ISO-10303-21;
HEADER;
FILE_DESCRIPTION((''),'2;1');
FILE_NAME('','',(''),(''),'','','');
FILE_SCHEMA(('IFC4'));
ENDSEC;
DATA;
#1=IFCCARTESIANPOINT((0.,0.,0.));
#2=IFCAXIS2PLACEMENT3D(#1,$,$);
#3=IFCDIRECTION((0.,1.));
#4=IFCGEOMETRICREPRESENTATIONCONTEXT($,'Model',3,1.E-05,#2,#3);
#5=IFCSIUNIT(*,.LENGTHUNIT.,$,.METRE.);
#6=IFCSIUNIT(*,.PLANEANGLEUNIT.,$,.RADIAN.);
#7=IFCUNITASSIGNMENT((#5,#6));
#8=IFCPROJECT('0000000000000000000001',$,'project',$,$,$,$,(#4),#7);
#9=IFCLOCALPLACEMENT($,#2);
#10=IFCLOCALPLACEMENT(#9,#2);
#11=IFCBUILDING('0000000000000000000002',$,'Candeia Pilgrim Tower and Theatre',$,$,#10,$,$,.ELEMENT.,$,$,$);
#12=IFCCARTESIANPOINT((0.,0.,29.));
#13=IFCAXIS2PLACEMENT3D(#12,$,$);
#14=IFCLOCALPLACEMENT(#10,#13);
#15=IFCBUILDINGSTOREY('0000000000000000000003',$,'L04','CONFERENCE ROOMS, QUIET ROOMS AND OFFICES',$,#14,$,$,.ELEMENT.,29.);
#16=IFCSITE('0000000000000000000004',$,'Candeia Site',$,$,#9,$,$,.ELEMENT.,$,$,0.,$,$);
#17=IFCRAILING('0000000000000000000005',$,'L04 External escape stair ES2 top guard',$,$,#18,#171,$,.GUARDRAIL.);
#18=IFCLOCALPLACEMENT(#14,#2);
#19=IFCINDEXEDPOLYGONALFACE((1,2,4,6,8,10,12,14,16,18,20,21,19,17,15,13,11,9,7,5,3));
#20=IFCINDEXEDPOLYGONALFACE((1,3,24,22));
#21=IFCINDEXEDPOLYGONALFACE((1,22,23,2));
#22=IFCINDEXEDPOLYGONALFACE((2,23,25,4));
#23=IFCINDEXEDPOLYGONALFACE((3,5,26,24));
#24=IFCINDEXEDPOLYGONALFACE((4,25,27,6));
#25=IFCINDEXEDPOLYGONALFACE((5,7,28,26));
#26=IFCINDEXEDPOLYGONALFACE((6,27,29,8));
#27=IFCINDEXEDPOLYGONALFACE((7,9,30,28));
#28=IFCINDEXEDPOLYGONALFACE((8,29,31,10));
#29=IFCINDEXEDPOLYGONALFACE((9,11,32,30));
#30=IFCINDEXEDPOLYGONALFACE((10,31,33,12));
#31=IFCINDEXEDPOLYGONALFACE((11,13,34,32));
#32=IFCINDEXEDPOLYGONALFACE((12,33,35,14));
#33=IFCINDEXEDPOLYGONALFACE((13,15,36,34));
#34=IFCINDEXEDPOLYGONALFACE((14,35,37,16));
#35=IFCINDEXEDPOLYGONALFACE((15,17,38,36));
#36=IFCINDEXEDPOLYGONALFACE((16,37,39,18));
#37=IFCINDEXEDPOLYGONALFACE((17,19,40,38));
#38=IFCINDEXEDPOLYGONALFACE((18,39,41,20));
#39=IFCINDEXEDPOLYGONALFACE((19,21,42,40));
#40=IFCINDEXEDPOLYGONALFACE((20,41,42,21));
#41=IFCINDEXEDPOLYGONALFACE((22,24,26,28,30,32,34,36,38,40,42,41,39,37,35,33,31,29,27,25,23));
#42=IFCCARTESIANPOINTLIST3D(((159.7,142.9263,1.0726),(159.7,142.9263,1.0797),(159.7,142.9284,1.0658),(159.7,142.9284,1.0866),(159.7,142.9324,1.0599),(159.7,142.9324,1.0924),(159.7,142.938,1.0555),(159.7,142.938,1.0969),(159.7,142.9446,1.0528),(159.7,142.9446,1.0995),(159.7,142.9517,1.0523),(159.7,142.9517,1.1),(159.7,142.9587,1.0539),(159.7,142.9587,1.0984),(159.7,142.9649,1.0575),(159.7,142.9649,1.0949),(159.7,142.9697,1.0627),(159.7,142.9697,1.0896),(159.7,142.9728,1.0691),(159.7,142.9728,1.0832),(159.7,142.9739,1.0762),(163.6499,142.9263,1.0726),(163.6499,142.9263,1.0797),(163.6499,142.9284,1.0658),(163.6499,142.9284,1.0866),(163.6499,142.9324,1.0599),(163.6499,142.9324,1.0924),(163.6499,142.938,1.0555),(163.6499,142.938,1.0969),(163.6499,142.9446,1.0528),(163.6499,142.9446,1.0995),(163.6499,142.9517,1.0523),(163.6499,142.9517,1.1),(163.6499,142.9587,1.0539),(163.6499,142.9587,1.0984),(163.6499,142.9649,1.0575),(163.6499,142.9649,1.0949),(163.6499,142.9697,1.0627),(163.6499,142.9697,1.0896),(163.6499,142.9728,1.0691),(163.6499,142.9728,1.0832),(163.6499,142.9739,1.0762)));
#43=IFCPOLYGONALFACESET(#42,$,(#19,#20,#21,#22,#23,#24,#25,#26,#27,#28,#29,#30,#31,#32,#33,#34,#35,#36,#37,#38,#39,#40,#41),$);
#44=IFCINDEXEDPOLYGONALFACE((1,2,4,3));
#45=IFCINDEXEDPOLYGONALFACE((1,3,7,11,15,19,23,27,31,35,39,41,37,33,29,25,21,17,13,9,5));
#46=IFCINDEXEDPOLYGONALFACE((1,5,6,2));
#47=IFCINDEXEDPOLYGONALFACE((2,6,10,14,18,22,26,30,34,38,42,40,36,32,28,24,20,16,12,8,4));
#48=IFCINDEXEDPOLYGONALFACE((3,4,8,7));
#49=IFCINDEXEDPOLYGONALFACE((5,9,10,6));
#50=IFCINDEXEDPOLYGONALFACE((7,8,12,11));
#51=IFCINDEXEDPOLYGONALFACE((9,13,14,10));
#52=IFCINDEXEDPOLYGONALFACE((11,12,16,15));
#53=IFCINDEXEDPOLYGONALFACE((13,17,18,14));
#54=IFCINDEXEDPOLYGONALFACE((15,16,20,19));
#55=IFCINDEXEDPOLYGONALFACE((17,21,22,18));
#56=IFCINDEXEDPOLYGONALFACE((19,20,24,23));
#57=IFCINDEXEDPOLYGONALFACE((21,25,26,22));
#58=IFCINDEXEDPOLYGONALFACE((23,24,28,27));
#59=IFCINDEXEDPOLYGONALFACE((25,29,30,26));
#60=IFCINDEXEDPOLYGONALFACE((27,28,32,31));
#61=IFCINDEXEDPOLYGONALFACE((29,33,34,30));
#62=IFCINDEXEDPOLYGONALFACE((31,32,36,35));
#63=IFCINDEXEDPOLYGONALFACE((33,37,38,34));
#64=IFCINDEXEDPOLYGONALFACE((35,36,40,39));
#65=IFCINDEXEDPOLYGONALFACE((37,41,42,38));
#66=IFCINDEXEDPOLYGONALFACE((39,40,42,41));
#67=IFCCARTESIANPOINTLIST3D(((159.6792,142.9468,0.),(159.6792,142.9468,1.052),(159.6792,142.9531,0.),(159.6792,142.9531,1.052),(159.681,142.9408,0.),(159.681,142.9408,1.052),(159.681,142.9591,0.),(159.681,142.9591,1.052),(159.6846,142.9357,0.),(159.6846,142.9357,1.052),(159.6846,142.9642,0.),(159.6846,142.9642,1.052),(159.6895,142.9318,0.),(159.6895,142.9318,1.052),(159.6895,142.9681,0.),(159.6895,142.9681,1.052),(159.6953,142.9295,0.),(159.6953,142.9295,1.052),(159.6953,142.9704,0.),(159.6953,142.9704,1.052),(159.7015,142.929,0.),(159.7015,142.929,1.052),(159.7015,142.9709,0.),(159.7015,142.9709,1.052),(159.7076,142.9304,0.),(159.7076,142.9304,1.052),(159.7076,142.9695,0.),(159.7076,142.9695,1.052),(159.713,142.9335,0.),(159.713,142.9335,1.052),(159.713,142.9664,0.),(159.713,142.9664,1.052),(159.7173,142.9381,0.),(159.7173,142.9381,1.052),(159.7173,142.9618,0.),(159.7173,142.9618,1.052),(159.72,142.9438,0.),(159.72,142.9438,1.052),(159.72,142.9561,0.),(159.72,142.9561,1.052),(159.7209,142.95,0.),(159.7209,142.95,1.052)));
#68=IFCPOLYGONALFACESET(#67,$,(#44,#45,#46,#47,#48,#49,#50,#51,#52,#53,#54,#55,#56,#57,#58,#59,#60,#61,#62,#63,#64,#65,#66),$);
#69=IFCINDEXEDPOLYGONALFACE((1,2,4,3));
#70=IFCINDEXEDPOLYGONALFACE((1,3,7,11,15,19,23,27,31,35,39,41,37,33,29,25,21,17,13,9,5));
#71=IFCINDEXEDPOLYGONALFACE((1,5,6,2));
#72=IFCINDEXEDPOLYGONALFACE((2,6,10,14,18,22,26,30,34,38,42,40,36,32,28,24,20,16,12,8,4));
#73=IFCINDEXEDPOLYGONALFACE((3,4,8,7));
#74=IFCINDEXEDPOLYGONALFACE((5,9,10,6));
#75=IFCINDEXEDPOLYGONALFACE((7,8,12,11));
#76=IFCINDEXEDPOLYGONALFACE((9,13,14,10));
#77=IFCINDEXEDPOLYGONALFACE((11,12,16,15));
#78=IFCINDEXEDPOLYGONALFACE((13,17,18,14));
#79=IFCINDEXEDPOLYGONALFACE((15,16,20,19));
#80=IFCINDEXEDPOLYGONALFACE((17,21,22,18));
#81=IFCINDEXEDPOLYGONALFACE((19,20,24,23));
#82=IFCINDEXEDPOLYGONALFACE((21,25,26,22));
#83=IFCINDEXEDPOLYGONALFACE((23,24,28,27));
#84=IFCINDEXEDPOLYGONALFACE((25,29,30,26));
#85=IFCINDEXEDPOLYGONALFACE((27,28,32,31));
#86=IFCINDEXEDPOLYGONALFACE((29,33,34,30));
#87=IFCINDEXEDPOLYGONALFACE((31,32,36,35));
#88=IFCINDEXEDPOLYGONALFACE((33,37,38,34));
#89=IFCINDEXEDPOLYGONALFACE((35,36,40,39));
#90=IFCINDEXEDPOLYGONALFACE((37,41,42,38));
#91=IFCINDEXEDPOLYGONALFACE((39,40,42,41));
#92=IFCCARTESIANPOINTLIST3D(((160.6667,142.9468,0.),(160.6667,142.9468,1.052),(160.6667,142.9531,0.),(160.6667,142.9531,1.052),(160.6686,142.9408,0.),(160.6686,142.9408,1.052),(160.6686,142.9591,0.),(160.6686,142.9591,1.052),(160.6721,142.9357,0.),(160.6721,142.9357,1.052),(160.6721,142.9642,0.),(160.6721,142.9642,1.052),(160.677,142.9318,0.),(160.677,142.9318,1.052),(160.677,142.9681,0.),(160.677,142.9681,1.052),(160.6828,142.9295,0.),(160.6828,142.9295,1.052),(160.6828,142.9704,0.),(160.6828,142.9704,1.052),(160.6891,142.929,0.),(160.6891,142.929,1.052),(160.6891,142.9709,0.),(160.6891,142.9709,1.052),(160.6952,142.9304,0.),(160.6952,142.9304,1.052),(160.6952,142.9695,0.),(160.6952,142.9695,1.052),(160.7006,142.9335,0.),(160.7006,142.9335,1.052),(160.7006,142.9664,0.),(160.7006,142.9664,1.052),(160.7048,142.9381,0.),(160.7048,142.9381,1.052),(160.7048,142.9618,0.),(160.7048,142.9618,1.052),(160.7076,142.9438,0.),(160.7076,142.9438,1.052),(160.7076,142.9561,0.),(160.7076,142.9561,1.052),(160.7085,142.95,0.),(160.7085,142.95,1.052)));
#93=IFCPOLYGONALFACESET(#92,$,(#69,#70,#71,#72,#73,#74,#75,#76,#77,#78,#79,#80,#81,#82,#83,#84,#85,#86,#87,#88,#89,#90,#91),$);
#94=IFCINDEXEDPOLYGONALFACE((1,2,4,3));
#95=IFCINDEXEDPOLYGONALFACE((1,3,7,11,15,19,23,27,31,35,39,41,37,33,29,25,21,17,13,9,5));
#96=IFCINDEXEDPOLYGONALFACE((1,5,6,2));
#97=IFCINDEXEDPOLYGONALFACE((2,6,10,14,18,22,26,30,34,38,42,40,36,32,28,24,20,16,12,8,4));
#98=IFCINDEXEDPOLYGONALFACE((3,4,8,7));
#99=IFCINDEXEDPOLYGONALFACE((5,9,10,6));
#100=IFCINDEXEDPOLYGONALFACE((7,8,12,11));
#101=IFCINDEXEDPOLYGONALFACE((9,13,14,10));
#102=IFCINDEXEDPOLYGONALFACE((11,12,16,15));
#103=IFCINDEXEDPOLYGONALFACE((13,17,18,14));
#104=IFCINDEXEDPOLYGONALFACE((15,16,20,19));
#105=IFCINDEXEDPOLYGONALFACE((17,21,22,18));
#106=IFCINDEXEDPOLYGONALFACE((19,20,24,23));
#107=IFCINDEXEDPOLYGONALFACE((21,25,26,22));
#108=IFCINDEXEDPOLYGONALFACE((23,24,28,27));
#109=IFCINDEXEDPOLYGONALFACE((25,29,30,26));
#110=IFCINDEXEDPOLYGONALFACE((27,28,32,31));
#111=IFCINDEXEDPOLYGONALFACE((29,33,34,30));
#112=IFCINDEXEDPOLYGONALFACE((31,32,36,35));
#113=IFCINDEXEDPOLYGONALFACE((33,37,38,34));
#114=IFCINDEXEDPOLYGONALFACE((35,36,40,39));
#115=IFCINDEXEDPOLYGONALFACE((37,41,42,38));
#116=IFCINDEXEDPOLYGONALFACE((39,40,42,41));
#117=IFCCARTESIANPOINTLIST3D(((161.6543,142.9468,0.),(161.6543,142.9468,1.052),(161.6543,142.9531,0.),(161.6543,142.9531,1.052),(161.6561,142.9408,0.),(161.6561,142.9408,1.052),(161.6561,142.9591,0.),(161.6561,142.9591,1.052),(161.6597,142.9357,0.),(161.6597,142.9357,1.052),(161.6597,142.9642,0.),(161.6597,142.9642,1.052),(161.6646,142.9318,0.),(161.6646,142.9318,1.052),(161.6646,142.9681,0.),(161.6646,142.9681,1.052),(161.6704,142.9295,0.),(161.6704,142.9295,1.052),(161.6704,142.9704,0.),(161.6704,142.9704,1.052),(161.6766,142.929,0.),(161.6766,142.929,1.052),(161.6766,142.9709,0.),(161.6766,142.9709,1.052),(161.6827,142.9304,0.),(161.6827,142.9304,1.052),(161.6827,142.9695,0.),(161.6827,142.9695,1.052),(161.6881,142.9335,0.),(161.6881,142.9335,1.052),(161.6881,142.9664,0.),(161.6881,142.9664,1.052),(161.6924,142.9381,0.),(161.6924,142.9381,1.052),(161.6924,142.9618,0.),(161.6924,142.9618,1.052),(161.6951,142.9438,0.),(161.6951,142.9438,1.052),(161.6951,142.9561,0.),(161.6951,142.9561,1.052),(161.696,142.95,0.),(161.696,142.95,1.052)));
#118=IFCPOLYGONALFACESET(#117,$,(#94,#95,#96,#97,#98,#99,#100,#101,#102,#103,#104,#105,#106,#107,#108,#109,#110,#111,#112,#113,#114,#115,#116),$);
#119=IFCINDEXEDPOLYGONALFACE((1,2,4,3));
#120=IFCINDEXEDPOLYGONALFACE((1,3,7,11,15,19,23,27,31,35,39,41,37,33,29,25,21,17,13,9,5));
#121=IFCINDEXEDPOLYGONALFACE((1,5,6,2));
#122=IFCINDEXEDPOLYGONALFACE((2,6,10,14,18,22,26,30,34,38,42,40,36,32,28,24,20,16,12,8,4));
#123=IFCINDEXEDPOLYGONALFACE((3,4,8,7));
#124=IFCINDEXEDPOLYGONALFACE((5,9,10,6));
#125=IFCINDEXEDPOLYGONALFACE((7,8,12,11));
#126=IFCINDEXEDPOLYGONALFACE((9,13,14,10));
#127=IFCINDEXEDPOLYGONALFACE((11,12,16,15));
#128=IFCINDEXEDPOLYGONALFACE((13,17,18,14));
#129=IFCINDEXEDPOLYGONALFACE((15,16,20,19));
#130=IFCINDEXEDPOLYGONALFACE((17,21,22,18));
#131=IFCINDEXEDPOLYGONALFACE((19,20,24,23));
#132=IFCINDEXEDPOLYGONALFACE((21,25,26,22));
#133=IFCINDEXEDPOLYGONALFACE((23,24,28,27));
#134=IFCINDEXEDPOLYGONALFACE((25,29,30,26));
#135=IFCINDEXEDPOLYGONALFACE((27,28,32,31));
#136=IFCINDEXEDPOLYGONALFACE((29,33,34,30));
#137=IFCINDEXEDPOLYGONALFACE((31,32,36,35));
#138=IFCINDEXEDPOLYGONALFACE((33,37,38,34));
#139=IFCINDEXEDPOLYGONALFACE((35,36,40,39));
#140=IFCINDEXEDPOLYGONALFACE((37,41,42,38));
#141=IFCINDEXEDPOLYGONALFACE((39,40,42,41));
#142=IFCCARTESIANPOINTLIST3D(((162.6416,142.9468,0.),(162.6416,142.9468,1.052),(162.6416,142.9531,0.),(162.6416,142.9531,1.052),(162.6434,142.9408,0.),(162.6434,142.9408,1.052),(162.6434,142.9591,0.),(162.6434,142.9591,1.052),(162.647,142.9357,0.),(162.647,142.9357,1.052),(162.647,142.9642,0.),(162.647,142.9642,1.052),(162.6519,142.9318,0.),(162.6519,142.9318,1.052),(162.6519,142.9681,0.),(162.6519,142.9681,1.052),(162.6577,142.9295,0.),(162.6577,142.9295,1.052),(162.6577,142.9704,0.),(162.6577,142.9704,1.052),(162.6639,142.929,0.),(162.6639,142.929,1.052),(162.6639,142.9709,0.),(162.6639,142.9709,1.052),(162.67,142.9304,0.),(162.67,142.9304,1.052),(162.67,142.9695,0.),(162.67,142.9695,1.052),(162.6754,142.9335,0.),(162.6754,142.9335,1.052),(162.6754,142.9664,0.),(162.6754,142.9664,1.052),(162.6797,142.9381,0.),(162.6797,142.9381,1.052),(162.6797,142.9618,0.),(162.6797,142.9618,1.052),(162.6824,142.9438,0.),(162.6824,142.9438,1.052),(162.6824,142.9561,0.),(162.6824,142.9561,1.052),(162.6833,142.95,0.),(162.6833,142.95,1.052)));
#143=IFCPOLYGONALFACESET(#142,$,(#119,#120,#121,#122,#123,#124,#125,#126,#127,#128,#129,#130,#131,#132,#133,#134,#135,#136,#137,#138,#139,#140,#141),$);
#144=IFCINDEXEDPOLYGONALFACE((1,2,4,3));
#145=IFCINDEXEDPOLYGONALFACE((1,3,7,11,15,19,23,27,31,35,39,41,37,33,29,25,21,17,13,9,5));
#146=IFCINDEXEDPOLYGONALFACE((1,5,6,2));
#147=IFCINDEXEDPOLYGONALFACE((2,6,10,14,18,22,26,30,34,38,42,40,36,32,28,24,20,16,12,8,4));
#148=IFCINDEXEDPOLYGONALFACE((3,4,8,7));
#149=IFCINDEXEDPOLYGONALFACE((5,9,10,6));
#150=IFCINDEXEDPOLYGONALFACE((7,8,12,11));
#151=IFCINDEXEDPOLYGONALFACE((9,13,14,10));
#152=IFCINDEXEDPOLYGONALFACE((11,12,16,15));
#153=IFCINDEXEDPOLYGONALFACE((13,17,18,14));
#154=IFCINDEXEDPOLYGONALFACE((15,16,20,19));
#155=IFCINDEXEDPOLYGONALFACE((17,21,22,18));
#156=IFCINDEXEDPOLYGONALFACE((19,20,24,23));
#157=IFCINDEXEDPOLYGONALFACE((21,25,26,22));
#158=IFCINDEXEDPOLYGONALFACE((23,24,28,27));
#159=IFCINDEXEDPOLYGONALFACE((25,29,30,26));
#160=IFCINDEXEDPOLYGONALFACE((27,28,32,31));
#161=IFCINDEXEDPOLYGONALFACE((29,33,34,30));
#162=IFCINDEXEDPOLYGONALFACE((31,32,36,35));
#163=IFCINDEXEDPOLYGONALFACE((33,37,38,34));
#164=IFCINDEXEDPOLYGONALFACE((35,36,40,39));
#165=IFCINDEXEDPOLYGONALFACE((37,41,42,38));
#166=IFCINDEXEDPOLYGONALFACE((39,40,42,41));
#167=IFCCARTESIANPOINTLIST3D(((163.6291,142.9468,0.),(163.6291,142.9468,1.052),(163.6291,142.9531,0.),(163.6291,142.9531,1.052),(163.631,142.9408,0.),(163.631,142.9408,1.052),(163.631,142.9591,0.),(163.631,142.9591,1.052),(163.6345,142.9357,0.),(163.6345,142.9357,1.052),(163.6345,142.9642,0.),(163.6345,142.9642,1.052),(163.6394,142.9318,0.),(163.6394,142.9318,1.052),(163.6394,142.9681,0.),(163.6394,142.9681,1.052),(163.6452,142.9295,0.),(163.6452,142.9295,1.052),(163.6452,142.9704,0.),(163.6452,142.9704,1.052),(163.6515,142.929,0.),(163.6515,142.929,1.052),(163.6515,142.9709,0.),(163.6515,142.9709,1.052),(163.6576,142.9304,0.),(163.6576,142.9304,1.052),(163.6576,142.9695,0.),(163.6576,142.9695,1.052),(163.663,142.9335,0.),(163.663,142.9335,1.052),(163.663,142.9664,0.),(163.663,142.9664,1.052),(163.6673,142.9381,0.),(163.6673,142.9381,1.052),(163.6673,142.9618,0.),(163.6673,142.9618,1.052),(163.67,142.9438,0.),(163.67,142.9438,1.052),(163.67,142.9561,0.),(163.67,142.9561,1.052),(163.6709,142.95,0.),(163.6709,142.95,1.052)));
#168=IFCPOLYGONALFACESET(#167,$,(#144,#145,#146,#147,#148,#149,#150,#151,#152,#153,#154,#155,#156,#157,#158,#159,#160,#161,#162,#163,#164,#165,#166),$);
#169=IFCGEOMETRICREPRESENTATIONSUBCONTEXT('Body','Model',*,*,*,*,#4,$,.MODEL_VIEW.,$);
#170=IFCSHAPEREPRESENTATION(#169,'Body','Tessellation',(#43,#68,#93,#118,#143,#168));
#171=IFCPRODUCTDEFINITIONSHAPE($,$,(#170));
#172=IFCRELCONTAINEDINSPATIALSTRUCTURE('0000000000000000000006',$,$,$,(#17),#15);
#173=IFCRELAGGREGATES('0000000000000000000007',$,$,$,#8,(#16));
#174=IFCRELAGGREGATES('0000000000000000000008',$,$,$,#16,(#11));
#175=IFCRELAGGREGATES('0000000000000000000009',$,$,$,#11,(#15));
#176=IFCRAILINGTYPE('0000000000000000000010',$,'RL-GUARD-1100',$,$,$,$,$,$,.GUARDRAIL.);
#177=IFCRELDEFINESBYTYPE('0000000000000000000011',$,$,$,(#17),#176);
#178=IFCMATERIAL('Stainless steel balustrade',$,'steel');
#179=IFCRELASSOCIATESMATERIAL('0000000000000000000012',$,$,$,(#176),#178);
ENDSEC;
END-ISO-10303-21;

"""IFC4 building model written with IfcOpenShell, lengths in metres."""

from ifc_helpers import new_model, si_unit, direction, frame, origin, origin_2d, place, context, subcontext, project, spatial, circle, extrude, material, type_object, element, save


model = new_model("IFC4")

# Units and contexts
model_context = context("Model", 3, precision=1e-05, world=origin(), true_north=direction((0.0, 1.0)))
body_context = subcontext(model_context, "Body", "Model", "MODEL_VIEW")
ifc_project = project(units=[si_unit("LENGTHUNIT", "METRE"), si_unit("PLANEANGLEUNIT", "RADIAN")], contexts=[model_context])

# Site, building, storey
site_placement = place(None, origin())
site = spatial("IfcSite", under=ifc_project, at=site_placement, Name="Candeia Site", CompositionType="ELEMENT", RefElevation=0.0)
building_placement = place(site_placement, origin())
building = spatial("IfcBuilding", under=site, at=building_placement, Name="Candeia Pilgrim Tower and Theatre", CompositionType="ELEMENT")
storey_placement = place(building_placement, frame((0.0, 0.0, 29.0)))
storey = spatial("IfcBuildingStorey", under=building, at=storey_placement, Name="L04", Description="CONFERENCE ROOMS, QUIET ROOMS AND OFFICES", CompositionType="ELEMENT", Elevation=29.0)

# Railing
ifc_material_1 = material(Name="Stainless steel balustrade", Category="steel")
railing_type_1 = type_object("IfcRailingType", Name="RL-GUARD-1100", PredefinedType="GUARDRAIL", material=ifc_material_1)
railing_1_placement = place(storey_placement, frame((159.7, 142.95, 0.0)))
element("IfcRailing", 1, at=railing_1_placement, inside=storey, type_object=railing_type_1, Name="L04 External escape stair ES2 top guard", PredefinedType="GUARDRAIL", context=body_context, shape_type="SweptSolid", body=[
    extrude(circle(Radius=0.0239, at=origin_2d()), frame((0.0, 0.0, 1.0762), z_axis=(1.0, 0.0, 0.0), x_axis=(0.0, 1.0, 0.0)), (0.0, 0.0, 1.0), 3.95),
    extrude(circle(Radius=0.021, at=origin_2d()), origin(), (0.0, 0.0, 1.0), 1.052),
    extrude(circle(Radius=0.021, at=origin_2d()), frame((0.9875, 0.0, 0.0)), (0.0, 0.0, 1.0), 1.052),
    extrude(circle(Radius=0.021, at=origin_2d()), frame((1.9751, 0.0, 0.0)), (0.0, 0.0, 1.0), 1.052),
    extrude(circle(Radius=0.021, at=origin_2d()), frame((2.9624, 0.0, 0.0)), (0.0, 0.0, 1.0), 1.052),
    extrude(circle(Radius=0.021, at=origin_2d()), frame((3.95, 0.0, 0.0)), (0.0, 0.0, 1.0), 1.052),
])

save(model, "model.ifc")
